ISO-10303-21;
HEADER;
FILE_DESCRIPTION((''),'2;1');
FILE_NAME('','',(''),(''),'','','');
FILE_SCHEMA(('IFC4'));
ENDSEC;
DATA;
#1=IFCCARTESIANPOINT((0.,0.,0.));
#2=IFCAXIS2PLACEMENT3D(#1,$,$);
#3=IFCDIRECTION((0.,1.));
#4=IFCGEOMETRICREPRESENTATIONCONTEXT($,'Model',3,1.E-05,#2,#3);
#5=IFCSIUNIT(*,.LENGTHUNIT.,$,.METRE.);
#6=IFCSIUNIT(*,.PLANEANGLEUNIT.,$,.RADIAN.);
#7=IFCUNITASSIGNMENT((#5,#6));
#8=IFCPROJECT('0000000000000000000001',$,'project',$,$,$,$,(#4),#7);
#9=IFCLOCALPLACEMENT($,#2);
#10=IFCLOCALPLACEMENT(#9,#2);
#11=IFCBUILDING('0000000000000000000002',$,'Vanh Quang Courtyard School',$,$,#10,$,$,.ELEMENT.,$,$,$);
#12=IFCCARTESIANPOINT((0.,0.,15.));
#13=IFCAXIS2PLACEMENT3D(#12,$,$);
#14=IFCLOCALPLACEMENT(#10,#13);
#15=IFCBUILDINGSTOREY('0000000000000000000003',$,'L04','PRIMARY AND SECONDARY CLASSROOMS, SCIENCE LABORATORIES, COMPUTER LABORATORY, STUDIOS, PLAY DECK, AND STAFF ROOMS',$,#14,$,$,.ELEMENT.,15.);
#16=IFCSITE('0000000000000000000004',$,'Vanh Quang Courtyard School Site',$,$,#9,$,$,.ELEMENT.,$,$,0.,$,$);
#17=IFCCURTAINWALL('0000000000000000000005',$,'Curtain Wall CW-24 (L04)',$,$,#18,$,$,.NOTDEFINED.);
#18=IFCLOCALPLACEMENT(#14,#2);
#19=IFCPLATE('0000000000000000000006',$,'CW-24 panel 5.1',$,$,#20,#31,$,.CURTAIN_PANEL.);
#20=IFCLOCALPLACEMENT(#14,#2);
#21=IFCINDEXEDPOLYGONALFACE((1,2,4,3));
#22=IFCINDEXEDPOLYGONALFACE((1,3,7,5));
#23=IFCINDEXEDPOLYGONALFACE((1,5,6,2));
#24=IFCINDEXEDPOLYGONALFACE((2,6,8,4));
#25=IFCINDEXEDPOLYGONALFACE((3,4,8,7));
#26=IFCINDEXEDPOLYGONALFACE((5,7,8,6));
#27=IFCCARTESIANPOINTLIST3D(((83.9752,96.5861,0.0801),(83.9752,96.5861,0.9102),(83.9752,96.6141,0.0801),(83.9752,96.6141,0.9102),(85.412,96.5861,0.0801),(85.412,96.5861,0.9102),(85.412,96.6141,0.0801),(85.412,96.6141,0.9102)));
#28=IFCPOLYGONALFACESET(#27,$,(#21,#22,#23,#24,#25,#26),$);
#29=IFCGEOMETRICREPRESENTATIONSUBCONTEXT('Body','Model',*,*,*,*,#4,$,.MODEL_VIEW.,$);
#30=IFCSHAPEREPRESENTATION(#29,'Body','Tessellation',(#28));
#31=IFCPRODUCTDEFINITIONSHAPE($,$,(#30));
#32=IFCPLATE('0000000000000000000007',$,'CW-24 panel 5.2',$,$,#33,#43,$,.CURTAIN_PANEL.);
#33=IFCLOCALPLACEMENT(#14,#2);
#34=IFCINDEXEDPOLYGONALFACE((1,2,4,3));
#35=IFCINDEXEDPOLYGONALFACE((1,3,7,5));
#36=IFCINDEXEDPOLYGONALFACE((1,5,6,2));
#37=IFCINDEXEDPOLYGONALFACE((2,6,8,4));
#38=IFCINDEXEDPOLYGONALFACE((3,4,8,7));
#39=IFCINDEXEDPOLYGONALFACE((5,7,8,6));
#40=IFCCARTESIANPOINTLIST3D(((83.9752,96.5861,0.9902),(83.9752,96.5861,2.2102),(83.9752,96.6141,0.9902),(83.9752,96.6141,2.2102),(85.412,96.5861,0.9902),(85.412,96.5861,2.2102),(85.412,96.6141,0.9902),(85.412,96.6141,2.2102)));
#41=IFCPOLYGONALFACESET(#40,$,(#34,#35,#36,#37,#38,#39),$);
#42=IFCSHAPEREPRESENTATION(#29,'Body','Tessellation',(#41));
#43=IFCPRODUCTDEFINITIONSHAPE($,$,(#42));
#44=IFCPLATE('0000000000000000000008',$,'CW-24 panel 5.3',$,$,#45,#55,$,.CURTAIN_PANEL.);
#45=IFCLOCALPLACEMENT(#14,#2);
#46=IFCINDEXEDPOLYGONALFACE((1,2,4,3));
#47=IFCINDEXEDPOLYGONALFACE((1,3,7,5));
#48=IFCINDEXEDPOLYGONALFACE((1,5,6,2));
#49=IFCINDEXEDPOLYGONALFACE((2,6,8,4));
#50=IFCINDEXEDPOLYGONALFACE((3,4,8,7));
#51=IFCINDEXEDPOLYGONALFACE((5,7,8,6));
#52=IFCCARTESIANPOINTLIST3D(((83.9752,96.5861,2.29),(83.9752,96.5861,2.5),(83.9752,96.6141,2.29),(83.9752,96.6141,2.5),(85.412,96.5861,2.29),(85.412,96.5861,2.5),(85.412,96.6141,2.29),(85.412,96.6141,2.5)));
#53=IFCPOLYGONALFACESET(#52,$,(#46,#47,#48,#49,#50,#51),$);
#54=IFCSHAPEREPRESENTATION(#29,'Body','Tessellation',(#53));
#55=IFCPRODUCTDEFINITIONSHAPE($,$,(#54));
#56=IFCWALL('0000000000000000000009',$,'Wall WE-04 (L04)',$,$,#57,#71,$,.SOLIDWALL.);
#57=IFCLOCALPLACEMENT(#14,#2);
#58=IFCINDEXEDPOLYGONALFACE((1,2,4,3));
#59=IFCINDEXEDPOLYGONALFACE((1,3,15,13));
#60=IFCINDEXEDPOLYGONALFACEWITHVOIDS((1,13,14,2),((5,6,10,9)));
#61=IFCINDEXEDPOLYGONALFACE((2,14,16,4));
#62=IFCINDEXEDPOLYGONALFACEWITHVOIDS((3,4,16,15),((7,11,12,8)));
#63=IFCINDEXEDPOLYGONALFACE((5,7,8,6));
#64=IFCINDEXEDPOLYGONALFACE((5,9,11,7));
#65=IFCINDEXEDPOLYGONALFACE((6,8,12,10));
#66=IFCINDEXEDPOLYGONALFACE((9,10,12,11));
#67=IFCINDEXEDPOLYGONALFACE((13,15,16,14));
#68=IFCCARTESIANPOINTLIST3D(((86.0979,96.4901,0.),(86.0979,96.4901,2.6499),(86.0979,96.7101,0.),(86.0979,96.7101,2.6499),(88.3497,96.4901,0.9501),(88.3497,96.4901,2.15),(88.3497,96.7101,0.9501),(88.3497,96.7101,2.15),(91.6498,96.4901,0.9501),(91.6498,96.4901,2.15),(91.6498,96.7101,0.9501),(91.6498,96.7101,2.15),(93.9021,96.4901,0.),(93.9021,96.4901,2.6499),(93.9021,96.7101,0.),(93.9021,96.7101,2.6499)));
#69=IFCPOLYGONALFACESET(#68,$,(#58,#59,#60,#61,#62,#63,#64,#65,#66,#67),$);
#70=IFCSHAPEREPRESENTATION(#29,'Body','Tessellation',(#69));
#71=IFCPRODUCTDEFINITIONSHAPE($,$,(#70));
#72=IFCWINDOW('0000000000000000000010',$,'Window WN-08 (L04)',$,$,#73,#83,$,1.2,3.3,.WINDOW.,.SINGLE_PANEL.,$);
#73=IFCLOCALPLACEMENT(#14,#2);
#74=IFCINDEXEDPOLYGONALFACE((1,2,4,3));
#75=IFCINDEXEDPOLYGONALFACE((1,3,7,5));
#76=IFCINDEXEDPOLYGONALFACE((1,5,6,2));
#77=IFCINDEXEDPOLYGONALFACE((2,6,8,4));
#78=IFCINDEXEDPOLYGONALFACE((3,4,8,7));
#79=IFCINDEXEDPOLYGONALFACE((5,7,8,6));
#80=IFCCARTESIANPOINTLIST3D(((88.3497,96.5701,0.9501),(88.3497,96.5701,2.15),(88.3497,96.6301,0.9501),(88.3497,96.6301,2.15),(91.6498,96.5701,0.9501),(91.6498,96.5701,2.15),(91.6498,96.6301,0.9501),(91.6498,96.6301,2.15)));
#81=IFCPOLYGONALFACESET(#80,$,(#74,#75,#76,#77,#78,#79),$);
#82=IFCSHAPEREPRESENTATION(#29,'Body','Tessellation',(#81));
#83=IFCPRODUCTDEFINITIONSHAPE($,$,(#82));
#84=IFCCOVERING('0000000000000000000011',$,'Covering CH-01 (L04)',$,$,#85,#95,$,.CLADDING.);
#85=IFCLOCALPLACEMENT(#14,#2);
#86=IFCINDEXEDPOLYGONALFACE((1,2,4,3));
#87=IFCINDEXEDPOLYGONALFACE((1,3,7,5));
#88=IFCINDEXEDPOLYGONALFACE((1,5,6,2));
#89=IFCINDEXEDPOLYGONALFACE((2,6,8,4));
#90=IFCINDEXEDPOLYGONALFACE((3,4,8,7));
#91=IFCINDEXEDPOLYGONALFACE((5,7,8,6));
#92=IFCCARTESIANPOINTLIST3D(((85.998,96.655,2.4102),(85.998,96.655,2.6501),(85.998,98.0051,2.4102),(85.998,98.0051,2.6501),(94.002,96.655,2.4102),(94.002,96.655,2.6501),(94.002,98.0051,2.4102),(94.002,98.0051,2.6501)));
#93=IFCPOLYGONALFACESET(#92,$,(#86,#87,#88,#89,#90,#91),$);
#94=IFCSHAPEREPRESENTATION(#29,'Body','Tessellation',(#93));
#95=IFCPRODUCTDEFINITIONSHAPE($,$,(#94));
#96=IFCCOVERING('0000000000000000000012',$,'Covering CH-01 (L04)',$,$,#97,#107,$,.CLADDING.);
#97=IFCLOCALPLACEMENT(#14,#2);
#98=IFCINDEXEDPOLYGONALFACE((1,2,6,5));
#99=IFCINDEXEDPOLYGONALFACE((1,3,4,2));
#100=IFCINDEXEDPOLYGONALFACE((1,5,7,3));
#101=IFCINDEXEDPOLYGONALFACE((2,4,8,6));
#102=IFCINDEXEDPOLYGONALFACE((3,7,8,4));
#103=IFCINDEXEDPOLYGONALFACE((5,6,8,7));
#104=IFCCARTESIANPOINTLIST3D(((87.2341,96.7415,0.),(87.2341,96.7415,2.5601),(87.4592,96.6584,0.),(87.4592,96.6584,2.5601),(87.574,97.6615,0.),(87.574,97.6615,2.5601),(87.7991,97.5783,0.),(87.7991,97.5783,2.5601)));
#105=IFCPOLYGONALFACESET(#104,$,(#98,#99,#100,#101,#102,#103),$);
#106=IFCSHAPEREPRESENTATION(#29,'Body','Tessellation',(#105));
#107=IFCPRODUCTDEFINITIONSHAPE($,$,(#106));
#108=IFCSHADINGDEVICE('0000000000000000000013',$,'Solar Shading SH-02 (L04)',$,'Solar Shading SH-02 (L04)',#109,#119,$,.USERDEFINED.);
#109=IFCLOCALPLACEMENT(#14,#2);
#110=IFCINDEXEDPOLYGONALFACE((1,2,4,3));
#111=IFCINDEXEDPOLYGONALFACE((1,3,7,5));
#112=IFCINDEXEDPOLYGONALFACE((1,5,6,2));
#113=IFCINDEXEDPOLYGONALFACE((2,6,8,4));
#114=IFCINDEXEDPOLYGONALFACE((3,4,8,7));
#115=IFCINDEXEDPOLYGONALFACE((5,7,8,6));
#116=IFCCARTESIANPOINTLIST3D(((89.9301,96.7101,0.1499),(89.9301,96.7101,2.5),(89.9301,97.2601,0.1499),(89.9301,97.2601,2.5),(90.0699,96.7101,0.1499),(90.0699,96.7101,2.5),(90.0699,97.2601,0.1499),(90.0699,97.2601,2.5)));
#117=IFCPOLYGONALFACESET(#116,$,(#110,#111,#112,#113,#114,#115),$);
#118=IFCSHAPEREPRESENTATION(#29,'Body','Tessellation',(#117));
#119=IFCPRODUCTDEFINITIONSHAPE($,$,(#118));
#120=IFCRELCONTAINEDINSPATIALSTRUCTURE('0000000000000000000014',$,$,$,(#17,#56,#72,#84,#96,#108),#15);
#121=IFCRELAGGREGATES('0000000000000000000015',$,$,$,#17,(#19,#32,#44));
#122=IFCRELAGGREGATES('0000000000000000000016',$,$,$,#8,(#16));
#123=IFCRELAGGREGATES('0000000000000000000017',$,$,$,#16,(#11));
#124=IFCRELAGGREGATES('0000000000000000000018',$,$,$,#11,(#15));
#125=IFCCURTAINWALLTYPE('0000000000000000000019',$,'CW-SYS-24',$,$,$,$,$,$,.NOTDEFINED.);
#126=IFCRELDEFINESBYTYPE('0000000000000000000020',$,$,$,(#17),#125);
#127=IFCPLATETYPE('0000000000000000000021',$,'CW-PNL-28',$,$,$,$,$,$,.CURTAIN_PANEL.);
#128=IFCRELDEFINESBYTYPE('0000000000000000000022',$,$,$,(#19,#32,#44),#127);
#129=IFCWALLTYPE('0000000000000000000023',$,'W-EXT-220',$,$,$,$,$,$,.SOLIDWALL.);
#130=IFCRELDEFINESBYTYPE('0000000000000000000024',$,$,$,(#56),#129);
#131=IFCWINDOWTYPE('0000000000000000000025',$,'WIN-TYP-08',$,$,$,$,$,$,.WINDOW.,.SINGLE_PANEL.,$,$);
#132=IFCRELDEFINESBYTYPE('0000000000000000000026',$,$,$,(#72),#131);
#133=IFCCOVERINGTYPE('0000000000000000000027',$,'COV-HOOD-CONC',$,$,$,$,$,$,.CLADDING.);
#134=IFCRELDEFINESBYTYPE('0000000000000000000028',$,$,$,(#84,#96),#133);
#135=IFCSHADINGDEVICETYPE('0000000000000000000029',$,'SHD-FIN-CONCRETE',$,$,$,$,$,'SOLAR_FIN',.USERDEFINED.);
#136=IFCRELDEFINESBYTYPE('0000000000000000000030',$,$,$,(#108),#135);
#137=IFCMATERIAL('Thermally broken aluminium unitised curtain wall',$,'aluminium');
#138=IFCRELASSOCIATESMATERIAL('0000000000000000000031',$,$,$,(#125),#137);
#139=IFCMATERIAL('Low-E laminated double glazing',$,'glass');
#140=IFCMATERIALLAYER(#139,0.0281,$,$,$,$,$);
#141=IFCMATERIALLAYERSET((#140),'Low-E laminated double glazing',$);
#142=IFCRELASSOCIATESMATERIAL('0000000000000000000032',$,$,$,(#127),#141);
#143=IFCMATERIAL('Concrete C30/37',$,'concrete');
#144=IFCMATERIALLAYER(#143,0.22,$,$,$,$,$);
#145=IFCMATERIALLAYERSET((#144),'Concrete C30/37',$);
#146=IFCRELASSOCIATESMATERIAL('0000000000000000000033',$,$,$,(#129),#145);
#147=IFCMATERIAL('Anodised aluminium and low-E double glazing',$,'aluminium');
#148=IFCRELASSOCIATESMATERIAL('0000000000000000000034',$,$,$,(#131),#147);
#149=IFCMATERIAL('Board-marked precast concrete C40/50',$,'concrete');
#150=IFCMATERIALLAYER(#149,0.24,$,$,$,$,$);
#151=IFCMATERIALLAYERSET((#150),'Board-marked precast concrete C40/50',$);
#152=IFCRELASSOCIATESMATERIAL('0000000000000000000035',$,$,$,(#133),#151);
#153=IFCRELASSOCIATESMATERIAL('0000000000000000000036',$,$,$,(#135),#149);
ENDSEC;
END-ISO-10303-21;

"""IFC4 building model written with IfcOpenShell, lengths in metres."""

from ifc_helpers import new_model, si_unit, direction, frame, frame_2d, origin, origin_2d, place, context, subcontext, project, spatial, rectangle, extrude, material, layer, layer_set, type_object, element, fill, aggregate, save


model = new_model("IFC4")

# Units and contexts
model_context = context("Model", 3, precision=1e-05, world=origin(), true_north=direction((0.0, 1.0)))
body_context = subcontext(model_context, "Body", "Model", "MODEL_VIEW")
ifc_project = project(units=[si_unit("LENGTHUNIT", "METRE"), si_unit("PLANEANGLEUNIT", "RADIAN")], contexts=[model_context])

# Site, building, storey
site_placement = place(None, origin())
site = spatial("IfcSite", under=ifc_project, at=site_placement, Name="Vanh Quang Courtyard School Site", CompositionType="ELEMENT", RefElevation=0.0)
building_placement = place(site_placement, origin())
building = spatial("IfcBuilding", under=site, at=building_placement, Name="Vanh Quang Courtyard School", CompositionType="ELEMENT")
storey_placement = place(building_placement, frame((0.0, 0.0, 15.0)))
storey = spatial("IfcBuildingStorey", under=building, at=storey_placement, Name="L04", Description="PRIMARY AND SECONDARY CLASSROOMS, SCIENCE LABORATORIES, COMPUTER LABORATORY, STUDIOS, PLAY DECK, AND STAFF ROOMS", CompositionType="ELEMENT", Elevation=15.0)

# Shared definitions
ifc_material_1 = material(Name="Thermally broken aluminium unitised curtain wall", Category="aluminium")
curtain_wall_type = type_object("IfcCurtainWallType", Name="CW-SYS-24", PredefinedType="NOTDEFINED", material=ifc_material_1)

# Curtain wall, plates
curtain_wall_1_placement = place(storey_placement, origin())
curtain_wall_1 = element("IfcCurtainWall", 1, at=curtain_wall_1_placement, inside=storey, type_object=curtain_wall_type, Name="Curtain Wall CW-24 (L04)", PredefinedType="NOTDEFINED")
ifc_material_2 = material(Name="Low-E laminated double glazing", Category="glass")
ifc_layer_1 = layer(ifc_material_2, 0.0281)
ifc_layer_set_1 = layer_set([ifc_layer_1], Name="Low-E laminated double glazing")
plate_type = type_object("IfcPlateType", Name="CW-PNL-28", PredefinedType="CURTAIN_PANEL", material=ifc_layer_set_1)
plate_1_placement = place(storey_placement, frame((84.6936, 96.6001, 0.0801), z_axis=(0.0, 0.0, 1.0), x_axis=(1.0, 0.0, 0.0)))
plate_1 = element("IfcPlate", 2, at=plate_1_placement, type_object=plate_type, Name="CW-24 panel 5.1", PredefinedType="CURTAIN_PANEL", context=body_context, shape_type="SweptSolid", body=[
    extrude(rectangle(XDim=1.4368, YDim=0.0281, at=origin_2d()), origin(), (0.0, 0.0, 1.0), 0.8301),
])
plate_2_placement = place(storey_placement, frame((84.6936, 96.6001, 0.9902), z_axis=(0.0, 0.0, 1.0), x_axis=(1.0, 0.0, 0.0)))
plate_2 = element("IfcPlate", 3, at=plate_2_placement, type_object=plate_type, Name="CW-24 panel 5.2", PredefinedType="CURTAIN_PANEL", context=body_context, shape_type="SweptSolid", body=[
    extrude(rectangle(XDim=1.4368, YDim=0.0281, at=origin_2d()), origin(), (0.0, 0.0, 1.0), 1.22),
])
plate_3_placement = place(storey_placement, frame((84.6936, 96.6001, 2.29), z_axis=(0.0, 0.0, 1.0), x_axis=(1.0, 0.0, 0.0)))
plate_3 = element("IfcPlate", 4, at=plate_3_placement, type_object=plate_type, Name="CW-24 panel 5.3", PredefinedType="CURTAIN_PANEL", context=body_context, shape_type="SweptSolid", body=[
    extrude(rectangle(XDim=1.4368, YDim=0.0281, at=origin_2d()), origin(), (0.0, 0.0, 1.0), 0.21),
])
aggregate(curtain_wall_1, [plate_1, plate_2, plate_3])

# Wall, opening, window
ifc_material_3 = material(Name="Concrete C30/37", Category="concrete")
ifc_layer_2 = layer(ifc_material_3, 0.22)
ifc_layer_set_2 = layer_set([ifc_layer_2], Name="Concrete C30/37")
wall_type = type_object("IfcWallType", Name="W-EXT-220", PredefinedType="SOLIDWALL", material=ifc_layer_set_2)
wall_placement = place(storey_placement, frame((86.0979, 96.6001, 0.0), z_axis=(0.0, 0.0, 1.0), x_axis=(1.0, 0.0, 0.0)))
wall = element("IfcWall", 5, at=wall_placement, inside=storey, type_object=wall_type, Name="Wall WE-04 (L04)", PredefinedType="SOLIDWALL", context=body_context, shape_type="SweptSolid", body=[
    extrude(rectangle(XDim=7.8042, YDim=0.22, at=frame_2d((3.9021, 0.0))), origin(), (0.0, 0.0, 1.0), 2.6499),
])
opening_placement = place(wall_placement, frame((2.252, 0.0, 0.95)))
opening = element("IfcOpeningElement", 6, at=opening_placement, cuts=wall, PredefinedType="OPENING", context=body_context, shape_type="SweptSolid", body=[
    extrude(rectangle(XDim=3.3, YDim=1.2, at=frame_2d((1.6499, 0.6001))), frame((0.0, 0.1201, 0.0), z_axis=(0.0, -1.0, 0.0), x_axis=(1.0, 0.0, 0.0)), (0.0, 0.0, 1.0), 0.24),
])
ifc_material_4 = material(Name="Anodised aluminium and low-E double glazing", Category="aluminium")
window_type = type_object("IfcWindowType", Name="WIN-TYP-08", PartitioningType="SINGLE_PANEL", PredefinedType="WINDOW", material=ifc_material_4)
window_placement = place(opening_placement, origin())
window = element("IfcWindow", 7, at=window_placement, inside=storey, type_object=window_type, Name="Window WN-08 (L04)", OverallHeight=1.2, OverallWidth=3.3, PartitioningType="SINGLE_PANEL", PredefinedType="WINDOW", context=body_context, shape_type="SweptSolid", body=[
    extrude(rectangle(XDim=3.3, YDim=1.2, at=frame_2d((1.6499, 0.6001))), frame((0.0, 0.03, 0.0), z_axis=(0.0, -1.0, 0.0), x_axis=(1.0, 0.0, 0.0)), (0.0, 0.0, 1.0), 0.0601),
])
fill(opening, window)

# Coverings
ifc_material_5 = material(Name="Board-marked precast concrete C40/50", Category="concrete")
ifc_layer_3 = layer(ifc_material_5, 0.24)
ifc_layer_set_3 = layer_set([ifc_layer_3], Name="Board-marked precast concrete C40/50")
covering_type = type_object("IfcCoveringType", Name="COV-HOOD-CONC", PredefinedType="CLADDING", material=ifc_layer_set_3)
covering_1_placement = place(storey_placement, frame((90.0, 97.3301, 2.4102), z_axis=(0.0, 0.0, 1.0), x_axis=(1.0, 0.0, 0.0)))
element("IfcCovering", 8, at=covering_1_placement, inside=storey, type_object=covering_type, Name="Covering CH-01 (L04)", PredefinedType="CLADDING", context=body_context, shape_type="SweptSolid", body=[
    extrude(rectangle(XDim=8.0039, YDim=1.3501, at=origin_2d()), origin(), (0.0, 0.0, 1.0), 0.24),
])
covering_2_placement = place(storey_placement, frame((87.5166, 97.1599, 0.0), z_axis=(0.0, 0.0, 1.0), x_axis=(0.346608, 0.93801, 0.0)))
element("IfcCovering", 9, at=covering_2_placement, inside=storey, type_object=covering_type, Name="Covering CH-01 (L04)", PredefinedType="CLADDING", context=body_context, shape_type="SweptSolid", body=[
    extrude(rectangle(XDim=0.9807, YDim=0.24, at=origin_2d()), origin(), (0.0, 0.0, 1.0), 2.5601),
])

# Shading device
shading_device_type = type_object("IfcShadingDeviceType", Name="SHD-FIN-CONCRETE", ElementType="SOLAR_FIN", PredefinedType="USERDEFINED", material=ifc_material_5)
shading_device_placement = place(storey_placement, frame((90.0, 96.9851, 0.1499), z_axis=(0.0, 0.0, 1.0), x_axis=(1.0, 0.0, 0.0)))
element("IfcShadingDevice", 10, at=shading_device_placement, inside=storey, type_object=shading_device_type, Name="Solar Shading SH-02 (L04)", ObjectType="Solar Shading SH-02 (L04)", PredefinedType="USERDEFINED", context=body_context, shape_type="SweptSolid", body=[
    extrude(rectangle(XDim=0.1399, YDim=0.55, at=origin_2d()), origin(), (0.0, 0.0, 1.0), 2.3501),
])

save(model, "model.ifc")
